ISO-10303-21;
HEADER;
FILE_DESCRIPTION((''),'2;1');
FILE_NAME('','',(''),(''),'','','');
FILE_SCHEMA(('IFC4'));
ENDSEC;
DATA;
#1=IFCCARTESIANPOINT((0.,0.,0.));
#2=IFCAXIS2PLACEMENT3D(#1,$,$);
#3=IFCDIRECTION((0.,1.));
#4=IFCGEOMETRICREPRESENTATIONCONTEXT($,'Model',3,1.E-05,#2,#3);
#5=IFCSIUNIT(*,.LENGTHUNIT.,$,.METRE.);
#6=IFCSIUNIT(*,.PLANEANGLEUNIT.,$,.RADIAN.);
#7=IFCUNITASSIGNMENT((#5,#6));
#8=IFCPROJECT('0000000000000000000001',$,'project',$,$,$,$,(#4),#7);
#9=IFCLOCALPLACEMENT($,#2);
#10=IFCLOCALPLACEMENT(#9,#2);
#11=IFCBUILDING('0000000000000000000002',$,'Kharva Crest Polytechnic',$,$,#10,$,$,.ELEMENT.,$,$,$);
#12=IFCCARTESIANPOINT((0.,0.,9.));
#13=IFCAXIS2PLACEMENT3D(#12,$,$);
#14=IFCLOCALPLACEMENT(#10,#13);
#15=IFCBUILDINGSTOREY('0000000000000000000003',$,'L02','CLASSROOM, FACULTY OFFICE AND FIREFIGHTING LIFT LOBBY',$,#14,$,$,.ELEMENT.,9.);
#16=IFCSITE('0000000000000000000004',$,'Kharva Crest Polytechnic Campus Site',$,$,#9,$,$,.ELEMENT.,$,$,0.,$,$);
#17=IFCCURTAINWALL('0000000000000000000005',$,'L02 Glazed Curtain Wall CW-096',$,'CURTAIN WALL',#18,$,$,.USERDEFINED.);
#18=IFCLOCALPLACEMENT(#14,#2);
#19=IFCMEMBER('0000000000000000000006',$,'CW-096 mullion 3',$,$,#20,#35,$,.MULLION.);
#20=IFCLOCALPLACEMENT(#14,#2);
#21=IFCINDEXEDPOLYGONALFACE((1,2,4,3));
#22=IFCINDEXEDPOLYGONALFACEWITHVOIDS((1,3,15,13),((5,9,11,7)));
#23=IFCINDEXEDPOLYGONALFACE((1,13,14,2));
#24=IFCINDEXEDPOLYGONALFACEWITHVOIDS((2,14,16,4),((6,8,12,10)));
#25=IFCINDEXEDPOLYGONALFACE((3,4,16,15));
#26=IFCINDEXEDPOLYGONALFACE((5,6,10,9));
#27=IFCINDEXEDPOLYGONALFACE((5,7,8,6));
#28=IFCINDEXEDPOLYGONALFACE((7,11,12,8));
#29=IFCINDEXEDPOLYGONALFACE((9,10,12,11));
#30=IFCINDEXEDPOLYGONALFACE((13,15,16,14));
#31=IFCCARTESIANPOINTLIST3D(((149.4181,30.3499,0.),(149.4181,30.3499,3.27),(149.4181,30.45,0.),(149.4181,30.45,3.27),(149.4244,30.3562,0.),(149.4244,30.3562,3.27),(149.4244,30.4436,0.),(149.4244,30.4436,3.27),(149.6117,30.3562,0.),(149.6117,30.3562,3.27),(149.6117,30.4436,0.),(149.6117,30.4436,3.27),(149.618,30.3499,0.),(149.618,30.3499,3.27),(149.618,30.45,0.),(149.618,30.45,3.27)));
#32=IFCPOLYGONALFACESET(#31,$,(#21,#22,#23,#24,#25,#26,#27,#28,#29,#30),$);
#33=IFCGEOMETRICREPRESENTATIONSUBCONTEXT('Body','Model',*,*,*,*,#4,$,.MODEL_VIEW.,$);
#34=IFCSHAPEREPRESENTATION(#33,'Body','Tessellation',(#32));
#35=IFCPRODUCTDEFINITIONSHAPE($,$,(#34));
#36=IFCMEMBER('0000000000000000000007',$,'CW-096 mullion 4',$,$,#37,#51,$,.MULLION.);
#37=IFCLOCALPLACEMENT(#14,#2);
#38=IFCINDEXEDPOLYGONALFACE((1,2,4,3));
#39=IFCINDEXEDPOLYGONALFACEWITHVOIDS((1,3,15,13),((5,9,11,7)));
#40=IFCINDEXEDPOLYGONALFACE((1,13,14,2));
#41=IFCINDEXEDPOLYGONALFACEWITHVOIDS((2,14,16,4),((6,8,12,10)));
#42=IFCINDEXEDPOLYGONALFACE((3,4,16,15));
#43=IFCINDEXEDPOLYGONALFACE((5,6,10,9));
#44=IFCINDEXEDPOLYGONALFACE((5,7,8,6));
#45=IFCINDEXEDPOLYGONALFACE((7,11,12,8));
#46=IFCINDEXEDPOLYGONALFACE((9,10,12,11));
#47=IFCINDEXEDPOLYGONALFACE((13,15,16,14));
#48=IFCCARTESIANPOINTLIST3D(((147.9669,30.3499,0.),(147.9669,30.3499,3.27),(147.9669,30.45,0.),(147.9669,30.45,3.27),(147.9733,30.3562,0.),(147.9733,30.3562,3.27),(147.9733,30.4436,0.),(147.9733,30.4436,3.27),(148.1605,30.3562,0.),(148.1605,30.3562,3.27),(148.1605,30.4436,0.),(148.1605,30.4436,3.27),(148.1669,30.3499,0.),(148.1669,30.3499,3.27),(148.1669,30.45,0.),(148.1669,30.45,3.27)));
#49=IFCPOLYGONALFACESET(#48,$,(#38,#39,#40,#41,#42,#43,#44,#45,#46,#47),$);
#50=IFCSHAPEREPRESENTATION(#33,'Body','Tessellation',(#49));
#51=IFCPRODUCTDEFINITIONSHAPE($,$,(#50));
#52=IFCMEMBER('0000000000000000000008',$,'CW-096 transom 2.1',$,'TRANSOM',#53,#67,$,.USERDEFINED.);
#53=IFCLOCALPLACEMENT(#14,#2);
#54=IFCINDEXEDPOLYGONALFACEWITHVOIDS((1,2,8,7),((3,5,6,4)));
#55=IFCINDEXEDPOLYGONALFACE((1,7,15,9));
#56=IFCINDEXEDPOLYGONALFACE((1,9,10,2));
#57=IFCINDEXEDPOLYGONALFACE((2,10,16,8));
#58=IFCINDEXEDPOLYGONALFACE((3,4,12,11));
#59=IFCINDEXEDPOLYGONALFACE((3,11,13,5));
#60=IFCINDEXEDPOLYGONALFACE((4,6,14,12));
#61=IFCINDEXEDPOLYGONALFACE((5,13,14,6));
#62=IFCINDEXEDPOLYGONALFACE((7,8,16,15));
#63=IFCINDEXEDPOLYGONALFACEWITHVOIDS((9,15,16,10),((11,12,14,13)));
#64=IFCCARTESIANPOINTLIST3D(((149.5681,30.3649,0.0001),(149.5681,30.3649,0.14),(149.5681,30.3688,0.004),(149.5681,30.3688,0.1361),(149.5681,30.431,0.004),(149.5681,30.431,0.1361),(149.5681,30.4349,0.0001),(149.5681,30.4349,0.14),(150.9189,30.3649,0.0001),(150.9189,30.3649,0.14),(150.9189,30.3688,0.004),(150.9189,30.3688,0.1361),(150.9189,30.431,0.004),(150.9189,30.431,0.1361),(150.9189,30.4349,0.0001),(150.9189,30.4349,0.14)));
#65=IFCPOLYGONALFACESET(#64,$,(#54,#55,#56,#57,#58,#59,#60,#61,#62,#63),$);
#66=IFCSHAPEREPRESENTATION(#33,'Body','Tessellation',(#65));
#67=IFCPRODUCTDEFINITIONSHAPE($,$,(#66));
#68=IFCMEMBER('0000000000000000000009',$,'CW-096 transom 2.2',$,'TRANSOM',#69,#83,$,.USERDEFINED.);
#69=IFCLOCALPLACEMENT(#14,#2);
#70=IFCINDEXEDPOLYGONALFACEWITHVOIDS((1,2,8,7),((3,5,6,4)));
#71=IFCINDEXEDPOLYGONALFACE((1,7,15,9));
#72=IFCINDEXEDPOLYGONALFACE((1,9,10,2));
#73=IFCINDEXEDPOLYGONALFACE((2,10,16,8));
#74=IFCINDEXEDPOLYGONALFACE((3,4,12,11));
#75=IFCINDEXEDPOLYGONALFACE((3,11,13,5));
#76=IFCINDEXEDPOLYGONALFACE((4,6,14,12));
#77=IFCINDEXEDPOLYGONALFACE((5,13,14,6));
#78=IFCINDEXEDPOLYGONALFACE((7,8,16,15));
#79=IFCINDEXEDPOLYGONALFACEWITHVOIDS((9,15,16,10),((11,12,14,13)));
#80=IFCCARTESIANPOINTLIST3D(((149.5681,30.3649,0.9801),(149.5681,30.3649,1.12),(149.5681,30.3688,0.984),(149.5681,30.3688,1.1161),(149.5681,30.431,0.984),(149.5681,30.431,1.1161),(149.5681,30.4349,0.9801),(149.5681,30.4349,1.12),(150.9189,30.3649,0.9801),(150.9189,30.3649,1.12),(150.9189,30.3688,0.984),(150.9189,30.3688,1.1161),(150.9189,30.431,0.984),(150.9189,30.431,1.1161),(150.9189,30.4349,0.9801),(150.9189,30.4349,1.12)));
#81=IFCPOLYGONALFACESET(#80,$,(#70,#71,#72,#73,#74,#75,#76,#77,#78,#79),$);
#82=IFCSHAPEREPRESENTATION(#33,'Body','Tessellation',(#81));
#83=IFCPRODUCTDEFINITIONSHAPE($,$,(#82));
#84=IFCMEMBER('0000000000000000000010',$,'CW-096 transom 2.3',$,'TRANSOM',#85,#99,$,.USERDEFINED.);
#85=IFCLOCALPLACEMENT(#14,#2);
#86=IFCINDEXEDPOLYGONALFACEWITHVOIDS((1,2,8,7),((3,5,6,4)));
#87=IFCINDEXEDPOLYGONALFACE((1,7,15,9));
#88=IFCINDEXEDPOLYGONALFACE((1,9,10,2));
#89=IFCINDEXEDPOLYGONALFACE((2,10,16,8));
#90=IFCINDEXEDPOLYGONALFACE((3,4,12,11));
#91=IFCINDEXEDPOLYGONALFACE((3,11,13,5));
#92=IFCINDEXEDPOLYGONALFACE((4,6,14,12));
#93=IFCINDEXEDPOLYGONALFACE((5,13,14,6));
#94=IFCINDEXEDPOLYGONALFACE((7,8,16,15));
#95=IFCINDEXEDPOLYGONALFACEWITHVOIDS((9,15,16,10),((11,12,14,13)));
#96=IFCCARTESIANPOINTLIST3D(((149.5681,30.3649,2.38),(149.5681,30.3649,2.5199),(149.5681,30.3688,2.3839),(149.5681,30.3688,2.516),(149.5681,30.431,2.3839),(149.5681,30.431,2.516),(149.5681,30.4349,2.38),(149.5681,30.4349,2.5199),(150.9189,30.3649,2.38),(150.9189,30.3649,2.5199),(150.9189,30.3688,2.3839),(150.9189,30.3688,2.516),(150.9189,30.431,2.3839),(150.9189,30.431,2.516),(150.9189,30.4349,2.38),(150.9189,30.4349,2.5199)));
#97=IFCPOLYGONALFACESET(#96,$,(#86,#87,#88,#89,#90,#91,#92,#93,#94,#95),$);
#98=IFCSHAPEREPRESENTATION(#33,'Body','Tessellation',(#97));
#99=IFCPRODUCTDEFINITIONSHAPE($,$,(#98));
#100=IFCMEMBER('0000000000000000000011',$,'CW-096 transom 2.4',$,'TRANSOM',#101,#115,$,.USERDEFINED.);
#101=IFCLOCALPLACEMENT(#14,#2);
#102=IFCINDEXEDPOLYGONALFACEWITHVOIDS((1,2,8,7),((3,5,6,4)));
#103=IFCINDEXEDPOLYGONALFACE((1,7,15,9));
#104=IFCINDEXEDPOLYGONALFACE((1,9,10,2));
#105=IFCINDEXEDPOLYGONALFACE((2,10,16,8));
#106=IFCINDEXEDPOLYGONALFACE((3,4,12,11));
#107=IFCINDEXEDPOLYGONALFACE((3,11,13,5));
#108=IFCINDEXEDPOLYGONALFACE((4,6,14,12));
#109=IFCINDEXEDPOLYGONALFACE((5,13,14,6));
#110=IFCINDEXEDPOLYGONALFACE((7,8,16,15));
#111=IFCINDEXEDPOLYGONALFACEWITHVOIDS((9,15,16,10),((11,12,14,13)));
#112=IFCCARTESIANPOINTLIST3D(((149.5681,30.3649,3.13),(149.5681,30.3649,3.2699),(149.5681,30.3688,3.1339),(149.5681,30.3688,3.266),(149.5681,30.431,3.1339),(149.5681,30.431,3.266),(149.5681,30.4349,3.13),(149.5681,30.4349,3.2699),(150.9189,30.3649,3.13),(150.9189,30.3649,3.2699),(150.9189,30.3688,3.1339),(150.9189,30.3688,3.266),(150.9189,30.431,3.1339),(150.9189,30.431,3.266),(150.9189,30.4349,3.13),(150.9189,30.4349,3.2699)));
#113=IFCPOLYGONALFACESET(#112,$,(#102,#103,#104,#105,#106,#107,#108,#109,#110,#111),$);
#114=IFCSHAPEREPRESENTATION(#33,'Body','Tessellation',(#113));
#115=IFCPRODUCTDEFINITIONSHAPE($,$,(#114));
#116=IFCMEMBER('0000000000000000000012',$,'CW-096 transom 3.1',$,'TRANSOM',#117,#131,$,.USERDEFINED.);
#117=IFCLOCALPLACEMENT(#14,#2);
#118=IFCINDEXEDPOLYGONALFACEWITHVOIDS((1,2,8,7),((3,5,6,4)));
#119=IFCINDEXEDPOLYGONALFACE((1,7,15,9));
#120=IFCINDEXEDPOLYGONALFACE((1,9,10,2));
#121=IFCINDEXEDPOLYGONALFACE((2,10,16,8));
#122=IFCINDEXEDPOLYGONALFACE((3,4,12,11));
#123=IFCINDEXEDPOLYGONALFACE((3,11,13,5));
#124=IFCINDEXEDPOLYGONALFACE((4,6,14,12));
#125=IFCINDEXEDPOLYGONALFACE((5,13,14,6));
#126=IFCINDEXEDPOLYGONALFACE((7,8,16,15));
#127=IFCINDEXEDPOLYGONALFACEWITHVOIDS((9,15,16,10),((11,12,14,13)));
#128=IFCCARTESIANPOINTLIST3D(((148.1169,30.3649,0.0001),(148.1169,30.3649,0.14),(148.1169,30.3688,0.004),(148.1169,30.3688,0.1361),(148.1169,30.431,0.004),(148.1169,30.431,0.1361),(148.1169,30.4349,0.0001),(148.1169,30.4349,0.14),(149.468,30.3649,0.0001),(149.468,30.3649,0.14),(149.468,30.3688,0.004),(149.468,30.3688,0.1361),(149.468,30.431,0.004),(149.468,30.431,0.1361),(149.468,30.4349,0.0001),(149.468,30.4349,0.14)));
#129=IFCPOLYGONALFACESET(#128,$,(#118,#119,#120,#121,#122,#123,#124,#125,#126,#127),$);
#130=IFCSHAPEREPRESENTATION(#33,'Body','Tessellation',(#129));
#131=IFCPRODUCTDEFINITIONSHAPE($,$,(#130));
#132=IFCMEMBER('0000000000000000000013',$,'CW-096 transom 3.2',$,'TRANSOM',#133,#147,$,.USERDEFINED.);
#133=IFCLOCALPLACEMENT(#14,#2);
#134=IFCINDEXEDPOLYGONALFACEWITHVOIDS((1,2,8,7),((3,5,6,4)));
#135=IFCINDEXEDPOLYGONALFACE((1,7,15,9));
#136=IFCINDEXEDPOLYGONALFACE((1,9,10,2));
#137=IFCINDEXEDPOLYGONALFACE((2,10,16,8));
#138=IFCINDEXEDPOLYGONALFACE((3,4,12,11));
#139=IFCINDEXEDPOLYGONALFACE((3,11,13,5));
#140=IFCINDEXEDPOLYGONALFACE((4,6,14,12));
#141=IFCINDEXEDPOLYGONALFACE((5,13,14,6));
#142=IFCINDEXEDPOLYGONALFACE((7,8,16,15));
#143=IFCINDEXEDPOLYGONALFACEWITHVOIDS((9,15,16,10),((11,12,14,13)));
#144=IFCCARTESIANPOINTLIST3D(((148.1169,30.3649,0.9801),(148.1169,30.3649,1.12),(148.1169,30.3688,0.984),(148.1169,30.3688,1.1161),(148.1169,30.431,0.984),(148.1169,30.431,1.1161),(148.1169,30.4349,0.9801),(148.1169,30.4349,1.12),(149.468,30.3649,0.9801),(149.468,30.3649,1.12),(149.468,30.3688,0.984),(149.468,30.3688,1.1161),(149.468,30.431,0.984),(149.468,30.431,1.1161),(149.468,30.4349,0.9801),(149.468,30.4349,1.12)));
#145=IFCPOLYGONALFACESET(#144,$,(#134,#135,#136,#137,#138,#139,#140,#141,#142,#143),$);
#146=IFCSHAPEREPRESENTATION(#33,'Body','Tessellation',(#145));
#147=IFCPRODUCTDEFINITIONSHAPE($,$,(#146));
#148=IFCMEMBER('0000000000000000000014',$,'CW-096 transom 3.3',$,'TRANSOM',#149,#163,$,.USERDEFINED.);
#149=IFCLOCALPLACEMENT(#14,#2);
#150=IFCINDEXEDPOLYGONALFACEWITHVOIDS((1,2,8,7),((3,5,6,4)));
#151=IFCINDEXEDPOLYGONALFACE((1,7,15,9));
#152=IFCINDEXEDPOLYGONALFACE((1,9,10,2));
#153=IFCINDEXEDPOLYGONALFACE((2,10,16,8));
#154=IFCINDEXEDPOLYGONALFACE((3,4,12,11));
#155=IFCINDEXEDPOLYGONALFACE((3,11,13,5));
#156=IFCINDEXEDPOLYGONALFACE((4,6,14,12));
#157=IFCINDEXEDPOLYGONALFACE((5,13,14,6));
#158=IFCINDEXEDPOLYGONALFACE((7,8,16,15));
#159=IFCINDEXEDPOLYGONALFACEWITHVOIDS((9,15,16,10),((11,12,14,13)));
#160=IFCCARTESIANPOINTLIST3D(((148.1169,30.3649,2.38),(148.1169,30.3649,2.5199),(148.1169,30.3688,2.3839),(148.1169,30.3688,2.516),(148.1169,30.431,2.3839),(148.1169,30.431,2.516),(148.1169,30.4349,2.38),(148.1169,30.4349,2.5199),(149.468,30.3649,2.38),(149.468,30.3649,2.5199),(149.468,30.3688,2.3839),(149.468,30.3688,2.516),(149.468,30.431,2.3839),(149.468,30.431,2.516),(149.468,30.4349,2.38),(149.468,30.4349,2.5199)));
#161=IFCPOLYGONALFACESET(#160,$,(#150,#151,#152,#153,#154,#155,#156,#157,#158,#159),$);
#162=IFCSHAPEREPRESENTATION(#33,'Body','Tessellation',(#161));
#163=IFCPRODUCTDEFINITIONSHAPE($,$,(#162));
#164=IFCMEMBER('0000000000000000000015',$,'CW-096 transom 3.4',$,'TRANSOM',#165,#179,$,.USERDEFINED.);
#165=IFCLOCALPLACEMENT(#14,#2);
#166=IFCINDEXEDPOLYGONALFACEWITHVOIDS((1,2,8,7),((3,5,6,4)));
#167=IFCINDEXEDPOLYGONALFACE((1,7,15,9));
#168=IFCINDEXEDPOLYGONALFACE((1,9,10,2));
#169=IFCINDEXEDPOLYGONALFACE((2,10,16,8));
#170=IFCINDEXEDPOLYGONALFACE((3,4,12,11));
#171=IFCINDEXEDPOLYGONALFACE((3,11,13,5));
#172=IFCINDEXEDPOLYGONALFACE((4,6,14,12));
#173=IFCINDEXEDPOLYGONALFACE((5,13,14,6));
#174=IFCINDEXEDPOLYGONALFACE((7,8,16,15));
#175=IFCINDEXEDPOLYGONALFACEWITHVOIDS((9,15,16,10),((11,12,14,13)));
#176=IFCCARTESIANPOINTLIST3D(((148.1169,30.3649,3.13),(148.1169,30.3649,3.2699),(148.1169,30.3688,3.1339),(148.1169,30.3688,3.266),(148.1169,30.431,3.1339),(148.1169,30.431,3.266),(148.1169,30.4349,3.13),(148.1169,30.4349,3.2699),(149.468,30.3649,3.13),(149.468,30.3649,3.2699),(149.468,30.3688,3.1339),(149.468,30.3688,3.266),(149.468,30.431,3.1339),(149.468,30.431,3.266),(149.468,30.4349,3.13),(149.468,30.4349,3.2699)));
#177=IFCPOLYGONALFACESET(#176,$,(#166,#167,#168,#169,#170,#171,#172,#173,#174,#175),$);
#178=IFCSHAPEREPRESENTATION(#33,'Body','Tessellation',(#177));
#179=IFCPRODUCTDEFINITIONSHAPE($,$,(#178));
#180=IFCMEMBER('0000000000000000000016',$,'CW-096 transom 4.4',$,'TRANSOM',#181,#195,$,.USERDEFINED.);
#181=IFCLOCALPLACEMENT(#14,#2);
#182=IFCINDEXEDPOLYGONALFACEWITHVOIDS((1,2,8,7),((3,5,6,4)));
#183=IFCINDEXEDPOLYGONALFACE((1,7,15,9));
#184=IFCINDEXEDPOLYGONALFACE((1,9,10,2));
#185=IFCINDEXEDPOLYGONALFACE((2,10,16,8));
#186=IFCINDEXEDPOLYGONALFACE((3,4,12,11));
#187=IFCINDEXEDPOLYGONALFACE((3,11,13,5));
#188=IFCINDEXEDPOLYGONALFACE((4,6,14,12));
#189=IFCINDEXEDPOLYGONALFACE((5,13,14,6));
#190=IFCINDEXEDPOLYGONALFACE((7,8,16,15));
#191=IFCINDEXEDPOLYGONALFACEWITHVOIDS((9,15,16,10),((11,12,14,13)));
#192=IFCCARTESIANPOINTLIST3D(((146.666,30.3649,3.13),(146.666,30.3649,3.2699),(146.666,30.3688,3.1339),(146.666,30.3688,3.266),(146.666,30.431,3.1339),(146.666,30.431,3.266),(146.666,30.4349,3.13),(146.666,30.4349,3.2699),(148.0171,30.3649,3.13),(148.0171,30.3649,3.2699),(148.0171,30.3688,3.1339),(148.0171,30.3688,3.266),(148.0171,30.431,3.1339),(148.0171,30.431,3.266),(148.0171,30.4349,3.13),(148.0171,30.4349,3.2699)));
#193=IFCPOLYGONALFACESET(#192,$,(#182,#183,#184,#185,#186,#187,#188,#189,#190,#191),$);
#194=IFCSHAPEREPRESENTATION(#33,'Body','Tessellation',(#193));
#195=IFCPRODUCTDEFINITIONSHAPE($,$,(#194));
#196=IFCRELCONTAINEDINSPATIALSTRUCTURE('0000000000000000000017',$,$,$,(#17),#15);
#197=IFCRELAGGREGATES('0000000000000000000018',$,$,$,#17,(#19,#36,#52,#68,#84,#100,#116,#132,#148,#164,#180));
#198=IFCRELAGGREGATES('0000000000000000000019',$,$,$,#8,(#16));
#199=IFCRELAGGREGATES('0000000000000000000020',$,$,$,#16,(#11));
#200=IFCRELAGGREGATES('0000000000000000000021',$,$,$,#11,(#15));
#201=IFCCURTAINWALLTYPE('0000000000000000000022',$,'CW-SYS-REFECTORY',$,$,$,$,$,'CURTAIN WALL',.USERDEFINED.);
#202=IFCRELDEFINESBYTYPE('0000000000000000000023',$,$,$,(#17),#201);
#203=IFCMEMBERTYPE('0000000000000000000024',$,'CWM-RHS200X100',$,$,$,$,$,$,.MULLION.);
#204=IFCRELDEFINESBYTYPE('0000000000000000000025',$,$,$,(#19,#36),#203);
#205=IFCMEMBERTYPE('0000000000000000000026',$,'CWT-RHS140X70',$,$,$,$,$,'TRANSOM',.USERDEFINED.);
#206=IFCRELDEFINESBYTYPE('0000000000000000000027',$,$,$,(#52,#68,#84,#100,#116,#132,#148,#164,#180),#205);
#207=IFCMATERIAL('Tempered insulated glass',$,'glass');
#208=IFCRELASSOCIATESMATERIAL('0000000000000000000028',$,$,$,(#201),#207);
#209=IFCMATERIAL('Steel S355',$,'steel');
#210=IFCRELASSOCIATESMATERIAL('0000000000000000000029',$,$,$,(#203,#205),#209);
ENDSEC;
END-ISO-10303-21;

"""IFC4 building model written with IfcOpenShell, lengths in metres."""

from ifc_helpers import new_model, si_unit, direction, frame, origin, origin_2d, place, context, subcontext, project, spatial, hollow_rectangle, extrude, material, material_profile, profile_set, type_object, element, aggregate, save


model = new_model("IFC4")

# Units and contexts
model_context = context("Model", 3, precision=1e-05, world=origin(), true_north=direction((0.0, 1.0)))
body_context = subcontext(model_context, "Body", "Model", "MODEL_VIEW")
ifc_project = project(units=[si_unit("LENGTHUNIT", "METRE"), si_unit("PLANEANGLEUNIT", "RADIAN")], contexts=[model_context])

# Site, building, storey
site_placement = place(None, origin())
site = spatial("IfcSite", under=ifc_project, at=site_placement, Name="Kharva Crest Polytechnic Campus Site", CompositionType="ELEMENT", RefElevation=0.0)
building_placement = place(site_placement, origin())
building = spatial("IfcBuilding", under=site, at=building_placement, Name="Kharva Crest Polytechnic", CompositionType="ELEMENT")
storey_placement = place(building_placement, frame((0.0, 0.0, 9.0)))
storey = spatial("IfcBuildingStorey", under=building, at=storey_placement, Name="L02", Description="CLASSROOM, FACULTY OFFICE AND FIREFIGHTING LIFT LOBBY", CompositionType="ELEMENT", Elevation=9.0)

# Curtain wall, members
ifc_material_1 = material(Name="Tempered insulated glass", Category="glass")
curtain_wall_type = type_object("IfcCurtainWallType", Name="CW-SYS-REFECTORY", ElementType="CURTAIN WALL", PredefinedType="USERDEFINED", material=ifc_material_1)
curtain_wall_placement = place(storey_placement, origin())
curtain_wall = element("IfcCurtainWall", 1, at=curtain_wall_placement, inside=storey, type_object=curtain_wall_type, Name="L02 Glazed Curtain Wall CW-096", ObjectType="CURTAIN WALL", PredefinedType="USERDEFINED")
ifc_material_2 = material(Name="Steel S355", Category="steel")
ifc_material_profile_1 = material_profile(ifc_material_2, hollow_rectangle(XDim=0.1001, YDim=0.2, WallThickness=0.0063, at=origin_2d()), Name="RHS 200X100X6.3")
ifc_profile_set_1 = profile_set([ifc_material_profile_1], Name="Steel S355")
member_type_1 = type_object("IfcMemberType", Name="CWM-RHS200X100", PredefinedType="MULLION", material=ifc_profile_set_1)
member_1_placement = place(storey_placement, frame((149.5181, 30.3999, 0.0), z_axis=(0.0, 0.0, 1.0), x_axis=(0.0, -1.0, 0.0)))
member_1 = element("IfcMember", 2, at=member_1_placement, type_object=member_type_1, Name="CW-096 mullion 3", PredefinedType="MULLION", context=body_context, shape_type="SweptSolid", body=[
    extrude(hollow_rectangle(XDim=0.1001, YDim=0.2, WallThickness=0.0063, at=origin_2d()), origin(), (0.0, 0.0, 1.0), 3.27),
])
member_2_placement = place(storey_placement, frame((148.0669, 30.3999, 0.0), z_axis=(0.0, 0.0, 1.0), x_axis=(0.0, -1.0, 0.0)))
member_2 = element("IfcMember", 3, at=member_2_placement, type_object=member_type_1, Name="CW-096 mullion 4", PredefinedType="MULLION", context=body_context, shape_type="SweptSolid", body=[
    extrude(hollow_rectangle(XDim=0.1001, YDim=0.2, WallThickness=0.0063, at=origin_2d()), origin(), (0.0, 0.0, 1.0), 3.27),
])
ifc_material_profile_2 = material_profile(ifc_material_2, hollow_rectangle(XDim=0.0701, YDim=0.1399, WallThickness=0.0039, at=origin_2d()), Name="RHS 140X70X4.0")
ifc_profile_set_2 = profile_set([ifc_material_profile_2], Name="Steel S355")
member_type_2 = type_object("IfcMemberType", Name="CWT-RHS140X70", ElementType="TRANSOM", PredefinedType="USERDEFINED", material=ifc_profile_set_2)
member_3_placement = place(storey_placement, frame((150.9189, 30.3999, 0.0701), z_axis=(-1.0, 0.0, 0.0), x_axis=(0.0, -1.0, 0.0)))
member_3 = element("IfcMember", 4, at=member_3_placement, type_object=member_type_2, Name="CW-096 transom 2.1", ObjectType="TRANSOM", PredefinedType="USERDEFINED", context=body_context, shape_type="SweptSolid", body=[
    extrude(hollow_rectangle(XDim=0.0701, YDim=0.1399, WallThickness=0.0039, at=origin_2d()), origin(), (0.0, 0.0, 1.0), 1.3508),
])
member_4_placement = place(storey_placement, frame((150.9189, 30.3999, 1.05), z_axis=(-1.0, 0.0, 0.0), x_axis=(0.0, -1.0, 0.0)))
member_4 = element("IfcMember", 5, at=member_4_placement, type_object=member_type_2, Name="CW-096 transom 2.2", ObjectType="TRANSOM", PredefinedType="USERDEFINED", context=body_context, shape_type="SweptSolid", body=[
    extrude(hollow_rectangle(XDim=0.0701, YDim=0.1399, WallThickness=0.0039, at=origin_2d()), origin(), (0.0, 0.0, 1.0), 1.3508),
])
member_5_placement = place(storey_placement, frame((150.9189, 30.3999, 2.45), z_axis=(-1.0, 0.0, 0.0), x_axis=(0.0, -1.0, 0.0)))
member_5 = element("IfcMember", 6, at=member_5_placement, type_object=member_type_2, Name="CW-096 transom 2.3", ObjectType="TRANSOM", PredefinedType="USERDEFINED", context=body_context, shape_type="SweptSolid", body=[
    extrude(hollow_rectangle(XDim=0.0701, YDim=0.1399, WallThickness=0.0039, at=origin_2d()), origin(), (0.0, 0.0, 1.0), 1.3508),
])
member_6_placement = place(storey_placement, frame((150.9189, 30.3999, 3.2), z_axis=(-1.0, 0.0, 0.0), x_axis=(0.0, -1.0, 0.0)))
member_6 = element("IfcMember", 7, at=member_6_placement, type_object=member_type_2, Name="CW-096 transom 2.4", ObjectType="TRANSOM", PredefinedType="USERDEFINED", context=body_context, shape_type="SweptSolid", body=[
    extrude(hollow_rectangle(XDim=0.0701, YDim=0.1399, WallThickness=0.0039, at=origin_2d()), origin(), (0.0, 0.0, 1.0), 1.3508),
])
member_7_placement = place(storey_placement, frame((149.468, 30.3999, 0.0701), z_axis=(-1.0, 0.0, 0.0), x_axis=(0.0, -1.0, 0.0)))
member_7 = element("IfcMember", 8, at=member_7_placement, type_object=member_type_2, Name="CW-096 transom 3.1", ObjectType="TRANSOM", PredefinedType="USERDEFINED", context=body_context, shape_type="SweptSolid", body=[
    extrude(hollow_rectangle(XDim=0.0701, YDim=0.1399, WallThickness=0.0039, at=origin_2d()), origin(), (0.0, 0.0, 1.0), 1.3511),
])
member_8_placement = place(storey_placement, frame((149.468, 30.3999, 1.05), z_axis=(-1.0, 0.0, 0.0), x_axis=(0.0, -1.0, 0.0)))
member_8 = element("IfcMember", 9, at=member_8_placement, type_object=member_type_2, Name="CW-096 transom 3.2", ObjectType="TRANSOM", PredefinedType="USERDEFINED", context=body_context, shape_type="SweptSolid", body=[
    extrude(hollow_rectangle(XDim=0.0701, YDim=0.1399, WallThickness=0.0039, at=origin_2d()), origin(), (0.0, 0.0, 1.0), 1.3511),
])
member_9_placement = place(storey_placement, frame((149.468, 30.3999, 2.45), z_axis=(-1.0, 0.0, 0.0), x_axis=(0.0, -1.0, 0.0)))
member_9 = element("IfcMember", 10, at=member_9_placement, type_object=member_type_2, Name="CW-096 transom 3.3", ObjectType="TRANSOM", PredefinedType="USERDEFINED", context=body_context, shape_type="SweptSolid", body=[
    extrude(hollow_rectangle(XDim=0.0701, YDim=0.1399, WallThickness=0.0039, at=origin_2d()), origin(), (0.0, 0.0, 1.0), 1.3511),
])
member_10_placement = place(storey_placement, frame((149.468, 30.3999, 3.2), z_axis=(-1.0, 0.0, 0.0), x_axis=(0.0, -1.0, 0.0)))
member_10 = element("IfcMember", 11, at=member_10_placement, type_object=member_type_2, Name="CW-096 transom 3.4", ObjectType="TRANSOM", PredefinedType="USERDEFINED", context=body_context, shape_type="SweptSolid", body=[
    extrude(hollow_rectangle(XDim=0.0701, YDim=0.1399, WallThickness=0.0039, at=origin_2d()), origin(), (0.0, 0.0, 1.0), 1.3511),
])
member_11_placement = place(storey_placement, frame((148.0171, 30.3999, 3.2), z_axis=(-1.0, 0.0, 0.0), x_axis=(0.0, -1.0, 0.0)))
member_11 = element("IfcMember", 12, at=member_11_placement, type_object=member_type_2, Name="CW-096 transom 4.4", ObjectType="TRANSOM", PredefinedType="USERDEFINED", context=body_context, shape_type="SweptSolid", body=[
    extrude(hollow_rectangle(XDim=0.0701, YDim=0.1399, WallThickness=0.0039, at=origin_2d()), origin(), (0.0, 0.0, 1.0), 1.3511),
])

aggregate(curtain_wall, [member_1, member_2, member_3, member_4, member_5, member_6, member_7, member_8, member_9, member_10, member_11])

save(model, "model.ifc")
